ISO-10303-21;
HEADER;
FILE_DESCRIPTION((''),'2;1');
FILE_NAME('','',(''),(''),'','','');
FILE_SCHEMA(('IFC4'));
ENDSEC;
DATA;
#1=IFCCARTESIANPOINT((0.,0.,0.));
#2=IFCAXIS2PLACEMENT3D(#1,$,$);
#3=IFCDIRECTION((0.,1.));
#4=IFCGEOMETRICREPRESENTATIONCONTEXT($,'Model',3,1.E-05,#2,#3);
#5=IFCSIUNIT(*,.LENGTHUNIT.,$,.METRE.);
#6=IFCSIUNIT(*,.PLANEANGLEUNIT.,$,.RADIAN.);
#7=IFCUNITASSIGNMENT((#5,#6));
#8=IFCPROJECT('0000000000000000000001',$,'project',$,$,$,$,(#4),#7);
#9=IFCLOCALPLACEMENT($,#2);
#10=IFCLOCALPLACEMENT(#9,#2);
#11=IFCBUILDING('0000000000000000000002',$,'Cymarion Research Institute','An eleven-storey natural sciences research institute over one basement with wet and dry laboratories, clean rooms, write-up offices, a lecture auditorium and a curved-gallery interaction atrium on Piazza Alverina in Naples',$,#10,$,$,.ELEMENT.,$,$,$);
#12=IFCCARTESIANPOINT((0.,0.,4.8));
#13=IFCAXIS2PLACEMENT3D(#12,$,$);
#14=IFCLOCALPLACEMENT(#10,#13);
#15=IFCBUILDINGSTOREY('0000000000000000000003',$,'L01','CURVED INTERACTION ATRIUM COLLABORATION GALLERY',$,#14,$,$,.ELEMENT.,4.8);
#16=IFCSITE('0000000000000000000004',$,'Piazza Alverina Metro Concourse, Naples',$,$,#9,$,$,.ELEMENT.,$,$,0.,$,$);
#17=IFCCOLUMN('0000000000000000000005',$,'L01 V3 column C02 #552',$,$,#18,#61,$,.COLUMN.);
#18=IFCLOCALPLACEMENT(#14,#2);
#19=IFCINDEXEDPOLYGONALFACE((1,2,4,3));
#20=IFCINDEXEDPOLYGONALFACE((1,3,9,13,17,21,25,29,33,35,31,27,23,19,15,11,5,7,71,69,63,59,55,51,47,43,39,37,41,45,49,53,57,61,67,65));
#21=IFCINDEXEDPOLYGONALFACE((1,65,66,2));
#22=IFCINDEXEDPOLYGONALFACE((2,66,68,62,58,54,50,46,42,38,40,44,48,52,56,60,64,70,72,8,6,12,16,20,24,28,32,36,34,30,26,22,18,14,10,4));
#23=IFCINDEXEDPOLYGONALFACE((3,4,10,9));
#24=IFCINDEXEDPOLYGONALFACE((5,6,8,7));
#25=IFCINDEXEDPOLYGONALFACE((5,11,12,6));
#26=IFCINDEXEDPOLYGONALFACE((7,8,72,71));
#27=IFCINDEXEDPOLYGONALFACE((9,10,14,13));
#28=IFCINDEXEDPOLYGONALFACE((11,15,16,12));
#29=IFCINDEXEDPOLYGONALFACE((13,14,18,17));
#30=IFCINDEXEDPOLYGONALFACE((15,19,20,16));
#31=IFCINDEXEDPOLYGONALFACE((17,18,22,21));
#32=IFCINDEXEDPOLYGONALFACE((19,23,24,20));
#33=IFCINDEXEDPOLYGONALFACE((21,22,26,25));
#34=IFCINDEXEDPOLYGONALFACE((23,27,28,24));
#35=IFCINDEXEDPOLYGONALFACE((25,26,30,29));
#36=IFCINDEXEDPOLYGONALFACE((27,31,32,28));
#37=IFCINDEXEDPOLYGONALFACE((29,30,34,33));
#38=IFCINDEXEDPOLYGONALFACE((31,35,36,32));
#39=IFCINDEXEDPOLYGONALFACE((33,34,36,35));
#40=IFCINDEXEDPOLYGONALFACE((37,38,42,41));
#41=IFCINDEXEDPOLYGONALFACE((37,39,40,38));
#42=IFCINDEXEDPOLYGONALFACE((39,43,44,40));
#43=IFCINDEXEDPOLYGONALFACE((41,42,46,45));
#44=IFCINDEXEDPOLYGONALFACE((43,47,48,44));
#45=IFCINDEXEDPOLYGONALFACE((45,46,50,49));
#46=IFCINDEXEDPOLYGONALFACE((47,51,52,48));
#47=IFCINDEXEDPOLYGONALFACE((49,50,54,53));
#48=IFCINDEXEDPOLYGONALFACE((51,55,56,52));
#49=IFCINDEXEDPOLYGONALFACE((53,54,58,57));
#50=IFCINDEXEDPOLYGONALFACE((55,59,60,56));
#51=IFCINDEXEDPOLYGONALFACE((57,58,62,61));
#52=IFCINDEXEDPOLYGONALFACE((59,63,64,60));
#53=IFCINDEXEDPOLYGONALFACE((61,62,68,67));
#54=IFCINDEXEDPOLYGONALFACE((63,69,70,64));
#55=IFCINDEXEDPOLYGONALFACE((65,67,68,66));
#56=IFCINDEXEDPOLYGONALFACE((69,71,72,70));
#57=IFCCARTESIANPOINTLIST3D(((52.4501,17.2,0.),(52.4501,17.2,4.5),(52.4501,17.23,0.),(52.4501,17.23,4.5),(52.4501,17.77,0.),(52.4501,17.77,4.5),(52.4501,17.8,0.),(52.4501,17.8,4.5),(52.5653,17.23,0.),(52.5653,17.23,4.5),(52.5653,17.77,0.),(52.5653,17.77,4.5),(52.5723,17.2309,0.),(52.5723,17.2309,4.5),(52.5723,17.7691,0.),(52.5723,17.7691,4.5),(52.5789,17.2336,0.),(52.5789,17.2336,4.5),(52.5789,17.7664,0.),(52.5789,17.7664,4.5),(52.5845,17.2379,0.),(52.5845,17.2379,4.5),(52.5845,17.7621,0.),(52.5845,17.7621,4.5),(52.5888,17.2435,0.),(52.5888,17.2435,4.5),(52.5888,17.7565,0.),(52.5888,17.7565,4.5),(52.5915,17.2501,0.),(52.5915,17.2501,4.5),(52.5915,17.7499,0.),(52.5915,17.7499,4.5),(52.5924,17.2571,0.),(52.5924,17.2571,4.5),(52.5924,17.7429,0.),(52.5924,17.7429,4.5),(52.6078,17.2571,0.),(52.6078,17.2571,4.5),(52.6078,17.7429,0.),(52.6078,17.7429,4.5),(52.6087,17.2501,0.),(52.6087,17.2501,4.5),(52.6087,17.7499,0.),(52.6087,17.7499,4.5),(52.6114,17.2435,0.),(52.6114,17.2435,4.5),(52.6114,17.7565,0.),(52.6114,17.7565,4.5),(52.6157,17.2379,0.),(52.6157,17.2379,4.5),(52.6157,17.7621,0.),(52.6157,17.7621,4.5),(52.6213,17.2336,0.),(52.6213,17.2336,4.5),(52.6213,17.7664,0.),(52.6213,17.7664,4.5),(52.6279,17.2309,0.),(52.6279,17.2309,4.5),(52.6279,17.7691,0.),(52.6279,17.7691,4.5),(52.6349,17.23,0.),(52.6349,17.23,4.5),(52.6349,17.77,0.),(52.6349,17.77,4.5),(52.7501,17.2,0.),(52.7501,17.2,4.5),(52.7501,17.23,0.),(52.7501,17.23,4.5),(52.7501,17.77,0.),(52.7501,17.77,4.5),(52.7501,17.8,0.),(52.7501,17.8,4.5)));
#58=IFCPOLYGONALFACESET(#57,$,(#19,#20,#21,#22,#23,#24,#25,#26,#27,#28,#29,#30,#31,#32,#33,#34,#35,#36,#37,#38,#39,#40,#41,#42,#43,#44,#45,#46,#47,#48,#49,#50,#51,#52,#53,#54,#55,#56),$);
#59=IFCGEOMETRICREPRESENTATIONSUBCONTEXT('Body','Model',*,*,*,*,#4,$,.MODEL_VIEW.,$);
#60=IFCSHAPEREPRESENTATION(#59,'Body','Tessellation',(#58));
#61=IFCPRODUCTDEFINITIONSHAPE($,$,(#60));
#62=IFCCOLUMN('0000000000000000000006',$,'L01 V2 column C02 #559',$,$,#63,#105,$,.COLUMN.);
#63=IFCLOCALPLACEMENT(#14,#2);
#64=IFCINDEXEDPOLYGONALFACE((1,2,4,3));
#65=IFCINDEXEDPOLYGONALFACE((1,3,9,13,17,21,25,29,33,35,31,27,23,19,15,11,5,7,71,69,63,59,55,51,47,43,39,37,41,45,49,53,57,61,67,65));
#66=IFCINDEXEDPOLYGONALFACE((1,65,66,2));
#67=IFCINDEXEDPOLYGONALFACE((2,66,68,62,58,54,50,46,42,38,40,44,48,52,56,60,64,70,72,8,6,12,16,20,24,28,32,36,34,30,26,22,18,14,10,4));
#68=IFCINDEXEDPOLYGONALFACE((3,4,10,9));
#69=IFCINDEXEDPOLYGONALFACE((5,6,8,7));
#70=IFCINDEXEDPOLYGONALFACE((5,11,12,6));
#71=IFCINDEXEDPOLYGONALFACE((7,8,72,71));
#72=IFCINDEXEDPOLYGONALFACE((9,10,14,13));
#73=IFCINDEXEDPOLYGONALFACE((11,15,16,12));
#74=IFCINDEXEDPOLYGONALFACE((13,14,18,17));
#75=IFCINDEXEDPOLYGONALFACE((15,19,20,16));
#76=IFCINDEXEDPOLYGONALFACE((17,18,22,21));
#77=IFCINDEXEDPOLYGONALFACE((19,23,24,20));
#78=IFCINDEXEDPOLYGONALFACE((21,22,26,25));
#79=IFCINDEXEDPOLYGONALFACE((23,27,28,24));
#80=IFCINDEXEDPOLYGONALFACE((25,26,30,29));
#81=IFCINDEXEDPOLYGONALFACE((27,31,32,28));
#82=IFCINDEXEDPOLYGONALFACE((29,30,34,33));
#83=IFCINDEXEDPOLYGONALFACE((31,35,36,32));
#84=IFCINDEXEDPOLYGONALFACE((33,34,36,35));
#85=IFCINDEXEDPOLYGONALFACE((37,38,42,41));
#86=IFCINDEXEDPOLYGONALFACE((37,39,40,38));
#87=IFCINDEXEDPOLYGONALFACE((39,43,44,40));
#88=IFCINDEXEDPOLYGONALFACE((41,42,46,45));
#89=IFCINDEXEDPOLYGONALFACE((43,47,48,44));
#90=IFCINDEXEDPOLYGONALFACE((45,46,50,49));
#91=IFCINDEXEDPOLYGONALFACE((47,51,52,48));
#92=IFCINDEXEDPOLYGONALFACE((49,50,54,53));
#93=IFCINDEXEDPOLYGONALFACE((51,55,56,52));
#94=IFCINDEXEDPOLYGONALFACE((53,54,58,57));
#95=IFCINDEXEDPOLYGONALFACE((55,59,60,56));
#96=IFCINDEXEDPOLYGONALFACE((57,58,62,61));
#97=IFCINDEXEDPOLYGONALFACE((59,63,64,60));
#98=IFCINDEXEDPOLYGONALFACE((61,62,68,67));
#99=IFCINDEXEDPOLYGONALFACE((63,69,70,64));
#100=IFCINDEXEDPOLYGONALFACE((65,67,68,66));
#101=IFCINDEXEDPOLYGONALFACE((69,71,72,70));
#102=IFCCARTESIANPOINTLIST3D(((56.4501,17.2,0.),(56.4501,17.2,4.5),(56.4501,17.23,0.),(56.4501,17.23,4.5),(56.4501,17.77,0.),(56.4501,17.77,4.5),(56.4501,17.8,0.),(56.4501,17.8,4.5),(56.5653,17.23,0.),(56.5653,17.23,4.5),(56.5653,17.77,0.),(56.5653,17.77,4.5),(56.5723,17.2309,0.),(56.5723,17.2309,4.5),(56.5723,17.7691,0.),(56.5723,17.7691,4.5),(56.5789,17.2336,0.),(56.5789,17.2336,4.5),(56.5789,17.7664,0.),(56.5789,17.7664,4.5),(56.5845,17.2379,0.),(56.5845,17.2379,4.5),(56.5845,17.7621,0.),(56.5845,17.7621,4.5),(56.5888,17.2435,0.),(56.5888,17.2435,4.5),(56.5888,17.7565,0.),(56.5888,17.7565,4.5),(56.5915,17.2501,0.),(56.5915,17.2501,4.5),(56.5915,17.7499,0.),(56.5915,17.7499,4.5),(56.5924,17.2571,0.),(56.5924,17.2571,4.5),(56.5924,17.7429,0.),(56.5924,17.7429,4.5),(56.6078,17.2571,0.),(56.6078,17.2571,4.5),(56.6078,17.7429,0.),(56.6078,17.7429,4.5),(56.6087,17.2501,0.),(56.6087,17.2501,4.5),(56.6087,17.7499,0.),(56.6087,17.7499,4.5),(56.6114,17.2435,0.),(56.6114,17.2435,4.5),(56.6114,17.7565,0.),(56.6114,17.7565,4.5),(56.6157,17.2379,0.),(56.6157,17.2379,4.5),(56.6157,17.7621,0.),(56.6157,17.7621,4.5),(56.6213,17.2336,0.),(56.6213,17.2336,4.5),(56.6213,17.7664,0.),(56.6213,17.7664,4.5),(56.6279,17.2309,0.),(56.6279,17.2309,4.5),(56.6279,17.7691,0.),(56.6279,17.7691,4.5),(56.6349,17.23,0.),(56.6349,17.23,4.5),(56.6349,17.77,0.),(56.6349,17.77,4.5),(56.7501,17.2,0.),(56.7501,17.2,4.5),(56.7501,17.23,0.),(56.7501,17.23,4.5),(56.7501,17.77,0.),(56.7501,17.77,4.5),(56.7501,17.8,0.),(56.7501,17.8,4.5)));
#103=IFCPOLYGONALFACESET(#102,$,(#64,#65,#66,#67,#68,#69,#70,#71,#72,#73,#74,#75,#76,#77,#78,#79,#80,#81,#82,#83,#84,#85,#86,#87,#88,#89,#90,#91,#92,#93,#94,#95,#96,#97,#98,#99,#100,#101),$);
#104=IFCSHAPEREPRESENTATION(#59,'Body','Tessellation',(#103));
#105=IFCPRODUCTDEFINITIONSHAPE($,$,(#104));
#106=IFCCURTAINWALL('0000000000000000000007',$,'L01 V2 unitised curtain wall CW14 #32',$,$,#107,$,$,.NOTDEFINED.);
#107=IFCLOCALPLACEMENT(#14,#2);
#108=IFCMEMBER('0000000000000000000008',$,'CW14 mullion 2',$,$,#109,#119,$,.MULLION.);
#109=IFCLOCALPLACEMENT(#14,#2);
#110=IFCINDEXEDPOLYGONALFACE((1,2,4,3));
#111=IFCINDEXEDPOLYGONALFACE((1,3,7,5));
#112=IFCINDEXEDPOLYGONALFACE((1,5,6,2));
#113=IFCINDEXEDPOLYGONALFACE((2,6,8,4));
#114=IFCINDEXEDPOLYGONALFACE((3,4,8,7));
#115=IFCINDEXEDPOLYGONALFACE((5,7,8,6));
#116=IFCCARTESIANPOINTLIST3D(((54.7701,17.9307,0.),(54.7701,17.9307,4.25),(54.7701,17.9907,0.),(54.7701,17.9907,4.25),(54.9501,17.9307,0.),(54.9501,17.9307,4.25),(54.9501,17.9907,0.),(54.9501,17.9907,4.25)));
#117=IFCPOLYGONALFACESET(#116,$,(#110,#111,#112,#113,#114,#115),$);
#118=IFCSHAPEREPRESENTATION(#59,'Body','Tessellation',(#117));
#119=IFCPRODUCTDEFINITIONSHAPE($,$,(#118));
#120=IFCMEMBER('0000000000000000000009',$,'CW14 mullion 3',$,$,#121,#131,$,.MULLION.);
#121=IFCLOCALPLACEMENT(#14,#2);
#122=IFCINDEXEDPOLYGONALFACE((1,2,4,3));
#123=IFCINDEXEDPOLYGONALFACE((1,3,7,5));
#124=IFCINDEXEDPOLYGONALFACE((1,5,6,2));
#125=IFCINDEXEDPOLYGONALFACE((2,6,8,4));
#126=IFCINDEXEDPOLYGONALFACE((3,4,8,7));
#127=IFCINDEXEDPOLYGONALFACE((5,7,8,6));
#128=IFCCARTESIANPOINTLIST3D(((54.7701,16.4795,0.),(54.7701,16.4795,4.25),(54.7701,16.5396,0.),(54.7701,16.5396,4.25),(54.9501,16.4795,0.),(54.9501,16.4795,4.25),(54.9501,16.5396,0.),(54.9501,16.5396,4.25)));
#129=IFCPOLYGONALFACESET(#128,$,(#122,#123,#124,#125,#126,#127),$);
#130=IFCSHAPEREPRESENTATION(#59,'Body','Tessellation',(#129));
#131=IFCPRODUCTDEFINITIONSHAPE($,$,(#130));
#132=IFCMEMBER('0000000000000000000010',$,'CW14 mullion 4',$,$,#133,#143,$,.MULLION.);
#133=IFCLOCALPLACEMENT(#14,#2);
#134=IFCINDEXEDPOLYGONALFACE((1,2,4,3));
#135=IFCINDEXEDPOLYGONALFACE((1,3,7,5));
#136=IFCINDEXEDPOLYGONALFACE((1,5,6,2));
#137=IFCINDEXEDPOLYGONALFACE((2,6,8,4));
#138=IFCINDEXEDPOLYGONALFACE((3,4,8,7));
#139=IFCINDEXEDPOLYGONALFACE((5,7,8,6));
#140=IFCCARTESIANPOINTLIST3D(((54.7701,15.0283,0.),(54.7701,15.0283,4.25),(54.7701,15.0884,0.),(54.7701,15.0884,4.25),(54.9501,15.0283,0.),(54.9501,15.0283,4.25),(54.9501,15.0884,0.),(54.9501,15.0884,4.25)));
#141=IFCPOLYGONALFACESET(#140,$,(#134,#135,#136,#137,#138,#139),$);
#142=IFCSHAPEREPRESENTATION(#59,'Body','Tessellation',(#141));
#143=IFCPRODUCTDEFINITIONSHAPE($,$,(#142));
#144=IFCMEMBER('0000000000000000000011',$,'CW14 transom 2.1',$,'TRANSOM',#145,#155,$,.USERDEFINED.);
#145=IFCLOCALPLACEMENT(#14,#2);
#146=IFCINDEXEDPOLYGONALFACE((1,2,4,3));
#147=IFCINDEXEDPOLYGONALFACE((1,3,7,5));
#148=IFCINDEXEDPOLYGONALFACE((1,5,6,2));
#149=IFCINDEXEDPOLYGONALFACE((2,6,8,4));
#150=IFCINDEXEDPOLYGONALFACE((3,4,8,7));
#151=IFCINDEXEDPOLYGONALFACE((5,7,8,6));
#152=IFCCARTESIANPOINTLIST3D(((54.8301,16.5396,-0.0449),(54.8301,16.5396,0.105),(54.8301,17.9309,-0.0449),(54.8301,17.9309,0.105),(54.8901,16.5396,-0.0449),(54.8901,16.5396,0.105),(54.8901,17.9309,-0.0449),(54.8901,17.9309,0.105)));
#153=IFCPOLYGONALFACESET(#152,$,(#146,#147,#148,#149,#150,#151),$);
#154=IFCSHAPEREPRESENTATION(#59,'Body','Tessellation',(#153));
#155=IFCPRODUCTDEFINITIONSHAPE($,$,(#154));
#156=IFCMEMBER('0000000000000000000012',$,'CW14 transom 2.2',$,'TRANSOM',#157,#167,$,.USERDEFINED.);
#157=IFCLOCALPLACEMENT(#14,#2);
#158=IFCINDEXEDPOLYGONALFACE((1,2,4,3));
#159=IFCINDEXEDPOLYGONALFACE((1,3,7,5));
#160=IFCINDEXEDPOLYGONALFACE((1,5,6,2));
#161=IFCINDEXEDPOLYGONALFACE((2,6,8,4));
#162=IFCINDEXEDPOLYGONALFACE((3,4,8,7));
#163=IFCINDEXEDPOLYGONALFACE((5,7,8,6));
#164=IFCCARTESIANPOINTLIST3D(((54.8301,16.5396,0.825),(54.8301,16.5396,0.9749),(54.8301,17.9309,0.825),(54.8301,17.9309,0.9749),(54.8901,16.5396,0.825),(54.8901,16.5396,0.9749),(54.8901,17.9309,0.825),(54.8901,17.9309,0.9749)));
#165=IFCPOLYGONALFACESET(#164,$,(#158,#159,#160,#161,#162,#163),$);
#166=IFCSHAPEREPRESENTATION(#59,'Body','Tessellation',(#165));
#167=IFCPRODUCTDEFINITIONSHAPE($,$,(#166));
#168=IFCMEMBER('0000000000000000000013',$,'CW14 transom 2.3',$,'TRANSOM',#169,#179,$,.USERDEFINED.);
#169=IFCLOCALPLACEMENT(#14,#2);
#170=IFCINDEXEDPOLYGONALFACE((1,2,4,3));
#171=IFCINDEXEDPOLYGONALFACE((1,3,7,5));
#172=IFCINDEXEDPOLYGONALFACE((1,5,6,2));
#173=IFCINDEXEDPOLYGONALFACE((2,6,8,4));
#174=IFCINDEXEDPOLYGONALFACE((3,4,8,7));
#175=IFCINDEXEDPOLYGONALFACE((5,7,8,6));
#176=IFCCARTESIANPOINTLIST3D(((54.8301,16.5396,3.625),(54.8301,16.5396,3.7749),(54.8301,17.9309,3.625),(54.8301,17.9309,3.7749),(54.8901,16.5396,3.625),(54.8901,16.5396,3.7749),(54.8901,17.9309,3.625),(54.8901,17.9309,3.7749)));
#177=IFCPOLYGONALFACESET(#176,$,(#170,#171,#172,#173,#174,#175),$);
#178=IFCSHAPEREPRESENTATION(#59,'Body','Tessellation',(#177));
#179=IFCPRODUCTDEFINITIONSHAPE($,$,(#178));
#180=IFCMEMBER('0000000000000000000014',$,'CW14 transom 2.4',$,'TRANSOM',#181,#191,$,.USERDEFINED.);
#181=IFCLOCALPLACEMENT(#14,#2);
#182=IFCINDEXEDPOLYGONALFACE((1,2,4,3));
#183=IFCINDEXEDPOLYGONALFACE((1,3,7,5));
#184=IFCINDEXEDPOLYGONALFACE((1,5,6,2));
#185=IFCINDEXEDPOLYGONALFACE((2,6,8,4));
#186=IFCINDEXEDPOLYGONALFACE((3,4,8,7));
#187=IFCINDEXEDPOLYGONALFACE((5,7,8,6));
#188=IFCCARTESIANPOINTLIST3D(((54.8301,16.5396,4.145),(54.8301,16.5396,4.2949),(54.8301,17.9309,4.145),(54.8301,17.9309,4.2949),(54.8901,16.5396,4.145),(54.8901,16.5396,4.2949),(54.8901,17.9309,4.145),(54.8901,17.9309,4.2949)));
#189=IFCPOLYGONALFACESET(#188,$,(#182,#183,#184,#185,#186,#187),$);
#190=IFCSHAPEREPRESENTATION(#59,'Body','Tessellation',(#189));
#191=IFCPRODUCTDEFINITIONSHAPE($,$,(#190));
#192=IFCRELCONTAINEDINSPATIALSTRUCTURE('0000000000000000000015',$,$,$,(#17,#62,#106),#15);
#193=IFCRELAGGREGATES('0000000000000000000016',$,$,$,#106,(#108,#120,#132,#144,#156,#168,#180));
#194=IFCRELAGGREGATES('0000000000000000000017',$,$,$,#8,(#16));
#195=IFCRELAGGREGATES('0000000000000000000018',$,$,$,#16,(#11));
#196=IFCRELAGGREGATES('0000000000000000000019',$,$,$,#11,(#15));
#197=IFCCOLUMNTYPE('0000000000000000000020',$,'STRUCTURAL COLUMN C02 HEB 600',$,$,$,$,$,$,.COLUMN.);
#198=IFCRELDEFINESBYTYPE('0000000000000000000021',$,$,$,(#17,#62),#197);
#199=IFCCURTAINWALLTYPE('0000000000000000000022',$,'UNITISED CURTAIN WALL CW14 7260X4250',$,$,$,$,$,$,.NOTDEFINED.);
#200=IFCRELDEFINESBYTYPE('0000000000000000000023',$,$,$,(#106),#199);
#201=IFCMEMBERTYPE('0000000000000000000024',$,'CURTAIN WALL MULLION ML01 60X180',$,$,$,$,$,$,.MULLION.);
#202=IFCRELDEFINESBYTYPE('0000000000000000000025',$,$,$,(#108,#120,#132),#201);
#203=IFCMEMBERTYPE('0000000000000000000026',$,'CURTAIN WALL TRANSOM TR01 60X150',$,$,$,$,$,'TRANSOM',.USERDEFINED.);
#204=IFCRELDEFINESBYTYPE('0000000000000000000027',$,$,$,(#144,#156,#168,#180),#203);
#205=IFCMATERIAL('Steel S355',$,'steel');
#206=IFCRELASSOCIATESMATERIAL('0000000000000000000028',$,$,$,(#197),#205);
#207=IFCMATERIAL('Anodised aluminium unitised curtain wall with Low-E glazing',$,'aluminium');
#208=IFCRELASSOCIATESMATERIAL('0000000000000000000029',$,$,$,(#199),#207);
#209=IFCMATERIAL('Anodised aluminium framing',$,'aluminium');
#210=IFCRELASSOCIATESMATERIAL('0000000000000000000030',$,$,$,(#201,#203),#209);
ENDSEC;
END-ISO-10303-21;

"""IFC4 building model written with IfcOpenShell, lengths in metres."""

from ifc_helpers import new_model, si_unit, direction, frame, origin, origin_2d, place, context, subcontext, project, spatial, rectangle, i_section, extrude, material, material_profile, profile_set, type_object, element, aggregate, save


model = new_model("IFC4")

# Units and contexts
model_context = context("Model", 3, precision=1e-05, world=origin(), true_north=direction((0.0, 1.0)))
body_context = subcontext(model_context, "Body", "Model", "MODEL_VIEW")
ifc_project = project(units=[si_unit("LENGTHUNIT", "METRE"), si_unit("PLANEANGLEUNIT", "RADIAN")], contexts=[model_context])

# Site, building, storey
site_placement = place(None, origin())
site = spatial("IfcSite", under=ifc_project, at=site_placement, Name="Piazza Alverina Metro Concourse, Naples", CompositionType="ELEMENT", RefElevation=0.0)
building_placement = place(site_placement, origin())
building = spatial("IfcBuilding", under=site, at=building_placement, Name="Cymarion Research Institute", Description="An eleven-storey natural sciences research institute over one basement with wet and dry laboratories, clean rooms, write-up offices, a lecture auditorium and a curved-gallery interaction atrium on Piazza Alverina in Naples", CompositionType="ELEMENT")
storey_placement = place(building_placement, frame((0.0, 0.0, 4.8)))
storey = spatial("IfcBuildingStorey", under=building, at=storey_placement, Name="L01", Description="CURVED INTERACTION ATRIUM COLLABORATION GALLERY", CompositionType="ELEMENT", Elevation=4.8)

# Columns
ifc_material_1 = material(Name="Steel S355", Category="steel")
ifc_material_profile_1 = material_profile(ifc_material_1, i_section(OverallWidth=0.3, OverallDepth=0.6001, WebThickness=0.0154, FlangeThickness=0.03, FilletRadius=0.0271, at=origin_2d()), Name="HEB 600")
ifc_profile_set_1 = profile_set([ifc_material_profile_1], Name="Steel S355")
column_type = type_object("IfcColumnType", Name="STRUCTURAL COLUMN C02 HEB 600", PredefinedType="COLUMN", material=ifc_profile_set_1)
for number, where, z_axis, x_axis, name in (
    (1, (52.6001, 17.5, 0.0), (0.0, 0.0, 1.0), (1.0, 0.0, 0.0), "L01 V3 column C02 #552"),
    (2, (56.6001, 17.5, 0.0), (0.0, 0.0, 1.0), (1.0, 0.0, 0.0), "L01 V2 column C02 #559"),
):
    element("IfcColumn", number, at=place(storey_placement, frame(where, z_axis=z_axis, x_axis=x_axis)), inside=storey, type_object=column_type, Name=name, PredefinedType="COLUMN", context=body_context, shape_type="SweptSolid", body=[
        extrude(i_section(OverallWidth=0.3, OverallDepth=0.6001, WebThickness=0.0154, FlangeThickness=0.03, FilletRadius=0.0271, at=origin_2d()), origin(), (0.0, 0.0, 1.0), 4.5),
    ])

# Curtain wall, members
ifc_material_2 = material(Name="Anodised aluminium unitised curtain wall with Low-E glazing", Category="aluminium")
curtain_wall_type = type_object("IfcCurtainWallType", Name="UNITISED CURTAIN WALL CW14 7260X4250", PredefinedType="NOTDEFINED", material=ifc_material_2)
curtain_wall_placement = place(storey_placement, origin())
curtain_wall = element("IfcCurtainWall", 3, at=curtain_wall_placement, inside=storey, type_object=curtain_wall_type, Name="L01 V2 unitised curtain wall CW14 #32", PredefinedType="NOTDEFINED")
ifc_material_3 = material(Name="Anodised aluminium framing", Category="aluminium")
ifc_material_profile_2 = material_profile(ifc_material_3, rectangle(XDim=0.0601, YDim=0.1799, at=origin_2d()), Name="ALU MULLION 60x180")
ifc_profile_set_2 = profile_set([ifc_material_profile_2], Name="Anodised aluminium framing")
member_type_1 = type_object("IfcMemberType", Name="CURTAIN WALL MULLION ML01 60X180", PredefinedType="MULLION", material=ifc_profile_set_2)
member_1_placement = place(storey_placement, frame((54.8601, 17.9607, 0.0), z_axis=(0.0, 0.0, 1.0), x_axis=(0.0, -1.0, 0.0)))
member_1 = element("IfcMember", 4, at=member_1_placement, type_object=member_type_1, Name="CW14 mullion 2", PredefinedType="MULLION", context=body_context, shape_type="SweptSolid", body=[
    extrude(rectangle(XDim=0.0601, YDim=0.1799, at=origin_2d()), origin(), (0.0, 0.0, 1.0), 4.25),
])
member_2_placement = place(storey_placement, frame((54.8601, 16.5095, 0.0), z_axis=(0.0, 0.0, 1.0), x_axis=(0.0, -1.0, 0.0)))
member_2 = element("IfcMember", 5, at=member_2_placement, type_object=member_type_1, Name="CW14 mullion 3", PredefinedType="MULLION", context=body_context, shape_type="SweptSolid", body=[
    extrude(rectangle(XDim=0.0601, YDim=0.1799, at=origin_2d()), origin(), (0.0, 0.0, 1.0), 4.25),
])
member_3_placement = place(storey_placement, frame((54.8601, 15.0583, 0.0), z_axis=(0.0, 0.0, 1.0), x_axis=(0.0, -1.0, 0.0)))
member_3 = element("IfcMember", 6, at=member_3_placement, type_object=member_type_1, Name="CW14 mullion 4", PredefinedType="MULLION", context=body_context, shape_type="SweptSolid", body=[
    extrude(rectangle(XDim=0.0601, YDim=0.1799, at=origin_2d()), origin(), (0.0, 0.0, 1.0), 4.25),
])
ifc_material_profile_3 = material_profile(ifc_material_3, rectangle(XDim=0.0601, YDim=0.1499, at=origin_2d()), Name="ALU TRANSOM 60x150")
ifc_profile_set_3 = profile_set([ifc_material_profile_3], Name="Anodised aluminium framing")
member_type_2 = type_object("IfcMemberType", Name="CURTAIN WALL TRANSOM TR01 60X150", ElementType="TRANSOM", PredefinedType="USERDEFINED", material=ifc_profile_set_3)
member_4_placement = place(storey_placement, frame((54.8601, 17.9309, 0.03), z_axis=(0.0, -1.0, 0.0), x_axis=(1.0, 0.0, 0.0)))
member_4 = element("IfcMember", 7, at=member_4_placement, type_object=member_type_2, Name="CW14 transom 2.1", ObjectType="TRANSOM", PredefinedType="USERDEFINED", context=body_context, shape_type="SweptSolid", body=[
    extrude(rectangle(XDim=0.0601, YDim=0.1499, at=origin_2d()), origin(), (0.0, 0.0, 1.0), 1.3914),
])
member_5_placement = place(storey_placement, frame((54.8601, 17.9309, 0.8999), z_axis=(0.0, -1.0, 0.0), x_axis=(1.0, 0.0, 0.0)))
member_5 = element("IfcMember", 8, at=member_5_placement, type_object=member_type_2, Name="CW14 transom 2.2", ObjectType="TRANSOM", PredefinedType="USERDEFINED", context=body_context, shape_type="SweptSolid", body=[
    extrude(rectangle(XDim=0.0601, YDim=0.1499, at=origin_2d()), origin(), (0.0, 0.0, 1.0), 1.3914),
])
member_6_placement = place(storey_placement, frame((54.8601, 17.9309, 3.7), z_axis=(0.0, -1.0, 0.0), x_axis=(1.0, 0.0, 0.0)))
member_6 = element("IfcMember", 9, at=member_6_placement, type_object=member_type_2, Name="CW14 transom 2.3", ObjectType="TRANSOM", PredefinedType="USERDEFINED", context=body_context, shape_type="SweptSolid", body=[
    extrude(rectangle(XDim=0.0601, YDim=0.1499, at=origin_2d()), origin(), (0.0, 0.0, 1.0), 1.3914),
])
member_7_placement = place(storey_placement, frame((54.8601, 17.9309, 4.22), z_axis=(0.0, -1.0, 0.0), x_axis=(1.0, 0.0, 0.0)))
member_7 = element("IfcMember", 10, at=member_7_placement, type_object=member_type_2, Name="CW14 transom 2.4", ObjectType="TRANSOM", PredefinedType="USERDEFINED", context=body_context, shape_type="SweptSolid", body=[
    extrude(rectangle(XDim=0.0601, YDim=0.1499, at=origin_2d()), origin(), (0.0, 0.0, 1.0), 1.3914),
])

aggregate(curtain_wall, [member_1, member_2, member_3, member_4, member_5, member_6, member_7])

save(model, "model.ifc")
